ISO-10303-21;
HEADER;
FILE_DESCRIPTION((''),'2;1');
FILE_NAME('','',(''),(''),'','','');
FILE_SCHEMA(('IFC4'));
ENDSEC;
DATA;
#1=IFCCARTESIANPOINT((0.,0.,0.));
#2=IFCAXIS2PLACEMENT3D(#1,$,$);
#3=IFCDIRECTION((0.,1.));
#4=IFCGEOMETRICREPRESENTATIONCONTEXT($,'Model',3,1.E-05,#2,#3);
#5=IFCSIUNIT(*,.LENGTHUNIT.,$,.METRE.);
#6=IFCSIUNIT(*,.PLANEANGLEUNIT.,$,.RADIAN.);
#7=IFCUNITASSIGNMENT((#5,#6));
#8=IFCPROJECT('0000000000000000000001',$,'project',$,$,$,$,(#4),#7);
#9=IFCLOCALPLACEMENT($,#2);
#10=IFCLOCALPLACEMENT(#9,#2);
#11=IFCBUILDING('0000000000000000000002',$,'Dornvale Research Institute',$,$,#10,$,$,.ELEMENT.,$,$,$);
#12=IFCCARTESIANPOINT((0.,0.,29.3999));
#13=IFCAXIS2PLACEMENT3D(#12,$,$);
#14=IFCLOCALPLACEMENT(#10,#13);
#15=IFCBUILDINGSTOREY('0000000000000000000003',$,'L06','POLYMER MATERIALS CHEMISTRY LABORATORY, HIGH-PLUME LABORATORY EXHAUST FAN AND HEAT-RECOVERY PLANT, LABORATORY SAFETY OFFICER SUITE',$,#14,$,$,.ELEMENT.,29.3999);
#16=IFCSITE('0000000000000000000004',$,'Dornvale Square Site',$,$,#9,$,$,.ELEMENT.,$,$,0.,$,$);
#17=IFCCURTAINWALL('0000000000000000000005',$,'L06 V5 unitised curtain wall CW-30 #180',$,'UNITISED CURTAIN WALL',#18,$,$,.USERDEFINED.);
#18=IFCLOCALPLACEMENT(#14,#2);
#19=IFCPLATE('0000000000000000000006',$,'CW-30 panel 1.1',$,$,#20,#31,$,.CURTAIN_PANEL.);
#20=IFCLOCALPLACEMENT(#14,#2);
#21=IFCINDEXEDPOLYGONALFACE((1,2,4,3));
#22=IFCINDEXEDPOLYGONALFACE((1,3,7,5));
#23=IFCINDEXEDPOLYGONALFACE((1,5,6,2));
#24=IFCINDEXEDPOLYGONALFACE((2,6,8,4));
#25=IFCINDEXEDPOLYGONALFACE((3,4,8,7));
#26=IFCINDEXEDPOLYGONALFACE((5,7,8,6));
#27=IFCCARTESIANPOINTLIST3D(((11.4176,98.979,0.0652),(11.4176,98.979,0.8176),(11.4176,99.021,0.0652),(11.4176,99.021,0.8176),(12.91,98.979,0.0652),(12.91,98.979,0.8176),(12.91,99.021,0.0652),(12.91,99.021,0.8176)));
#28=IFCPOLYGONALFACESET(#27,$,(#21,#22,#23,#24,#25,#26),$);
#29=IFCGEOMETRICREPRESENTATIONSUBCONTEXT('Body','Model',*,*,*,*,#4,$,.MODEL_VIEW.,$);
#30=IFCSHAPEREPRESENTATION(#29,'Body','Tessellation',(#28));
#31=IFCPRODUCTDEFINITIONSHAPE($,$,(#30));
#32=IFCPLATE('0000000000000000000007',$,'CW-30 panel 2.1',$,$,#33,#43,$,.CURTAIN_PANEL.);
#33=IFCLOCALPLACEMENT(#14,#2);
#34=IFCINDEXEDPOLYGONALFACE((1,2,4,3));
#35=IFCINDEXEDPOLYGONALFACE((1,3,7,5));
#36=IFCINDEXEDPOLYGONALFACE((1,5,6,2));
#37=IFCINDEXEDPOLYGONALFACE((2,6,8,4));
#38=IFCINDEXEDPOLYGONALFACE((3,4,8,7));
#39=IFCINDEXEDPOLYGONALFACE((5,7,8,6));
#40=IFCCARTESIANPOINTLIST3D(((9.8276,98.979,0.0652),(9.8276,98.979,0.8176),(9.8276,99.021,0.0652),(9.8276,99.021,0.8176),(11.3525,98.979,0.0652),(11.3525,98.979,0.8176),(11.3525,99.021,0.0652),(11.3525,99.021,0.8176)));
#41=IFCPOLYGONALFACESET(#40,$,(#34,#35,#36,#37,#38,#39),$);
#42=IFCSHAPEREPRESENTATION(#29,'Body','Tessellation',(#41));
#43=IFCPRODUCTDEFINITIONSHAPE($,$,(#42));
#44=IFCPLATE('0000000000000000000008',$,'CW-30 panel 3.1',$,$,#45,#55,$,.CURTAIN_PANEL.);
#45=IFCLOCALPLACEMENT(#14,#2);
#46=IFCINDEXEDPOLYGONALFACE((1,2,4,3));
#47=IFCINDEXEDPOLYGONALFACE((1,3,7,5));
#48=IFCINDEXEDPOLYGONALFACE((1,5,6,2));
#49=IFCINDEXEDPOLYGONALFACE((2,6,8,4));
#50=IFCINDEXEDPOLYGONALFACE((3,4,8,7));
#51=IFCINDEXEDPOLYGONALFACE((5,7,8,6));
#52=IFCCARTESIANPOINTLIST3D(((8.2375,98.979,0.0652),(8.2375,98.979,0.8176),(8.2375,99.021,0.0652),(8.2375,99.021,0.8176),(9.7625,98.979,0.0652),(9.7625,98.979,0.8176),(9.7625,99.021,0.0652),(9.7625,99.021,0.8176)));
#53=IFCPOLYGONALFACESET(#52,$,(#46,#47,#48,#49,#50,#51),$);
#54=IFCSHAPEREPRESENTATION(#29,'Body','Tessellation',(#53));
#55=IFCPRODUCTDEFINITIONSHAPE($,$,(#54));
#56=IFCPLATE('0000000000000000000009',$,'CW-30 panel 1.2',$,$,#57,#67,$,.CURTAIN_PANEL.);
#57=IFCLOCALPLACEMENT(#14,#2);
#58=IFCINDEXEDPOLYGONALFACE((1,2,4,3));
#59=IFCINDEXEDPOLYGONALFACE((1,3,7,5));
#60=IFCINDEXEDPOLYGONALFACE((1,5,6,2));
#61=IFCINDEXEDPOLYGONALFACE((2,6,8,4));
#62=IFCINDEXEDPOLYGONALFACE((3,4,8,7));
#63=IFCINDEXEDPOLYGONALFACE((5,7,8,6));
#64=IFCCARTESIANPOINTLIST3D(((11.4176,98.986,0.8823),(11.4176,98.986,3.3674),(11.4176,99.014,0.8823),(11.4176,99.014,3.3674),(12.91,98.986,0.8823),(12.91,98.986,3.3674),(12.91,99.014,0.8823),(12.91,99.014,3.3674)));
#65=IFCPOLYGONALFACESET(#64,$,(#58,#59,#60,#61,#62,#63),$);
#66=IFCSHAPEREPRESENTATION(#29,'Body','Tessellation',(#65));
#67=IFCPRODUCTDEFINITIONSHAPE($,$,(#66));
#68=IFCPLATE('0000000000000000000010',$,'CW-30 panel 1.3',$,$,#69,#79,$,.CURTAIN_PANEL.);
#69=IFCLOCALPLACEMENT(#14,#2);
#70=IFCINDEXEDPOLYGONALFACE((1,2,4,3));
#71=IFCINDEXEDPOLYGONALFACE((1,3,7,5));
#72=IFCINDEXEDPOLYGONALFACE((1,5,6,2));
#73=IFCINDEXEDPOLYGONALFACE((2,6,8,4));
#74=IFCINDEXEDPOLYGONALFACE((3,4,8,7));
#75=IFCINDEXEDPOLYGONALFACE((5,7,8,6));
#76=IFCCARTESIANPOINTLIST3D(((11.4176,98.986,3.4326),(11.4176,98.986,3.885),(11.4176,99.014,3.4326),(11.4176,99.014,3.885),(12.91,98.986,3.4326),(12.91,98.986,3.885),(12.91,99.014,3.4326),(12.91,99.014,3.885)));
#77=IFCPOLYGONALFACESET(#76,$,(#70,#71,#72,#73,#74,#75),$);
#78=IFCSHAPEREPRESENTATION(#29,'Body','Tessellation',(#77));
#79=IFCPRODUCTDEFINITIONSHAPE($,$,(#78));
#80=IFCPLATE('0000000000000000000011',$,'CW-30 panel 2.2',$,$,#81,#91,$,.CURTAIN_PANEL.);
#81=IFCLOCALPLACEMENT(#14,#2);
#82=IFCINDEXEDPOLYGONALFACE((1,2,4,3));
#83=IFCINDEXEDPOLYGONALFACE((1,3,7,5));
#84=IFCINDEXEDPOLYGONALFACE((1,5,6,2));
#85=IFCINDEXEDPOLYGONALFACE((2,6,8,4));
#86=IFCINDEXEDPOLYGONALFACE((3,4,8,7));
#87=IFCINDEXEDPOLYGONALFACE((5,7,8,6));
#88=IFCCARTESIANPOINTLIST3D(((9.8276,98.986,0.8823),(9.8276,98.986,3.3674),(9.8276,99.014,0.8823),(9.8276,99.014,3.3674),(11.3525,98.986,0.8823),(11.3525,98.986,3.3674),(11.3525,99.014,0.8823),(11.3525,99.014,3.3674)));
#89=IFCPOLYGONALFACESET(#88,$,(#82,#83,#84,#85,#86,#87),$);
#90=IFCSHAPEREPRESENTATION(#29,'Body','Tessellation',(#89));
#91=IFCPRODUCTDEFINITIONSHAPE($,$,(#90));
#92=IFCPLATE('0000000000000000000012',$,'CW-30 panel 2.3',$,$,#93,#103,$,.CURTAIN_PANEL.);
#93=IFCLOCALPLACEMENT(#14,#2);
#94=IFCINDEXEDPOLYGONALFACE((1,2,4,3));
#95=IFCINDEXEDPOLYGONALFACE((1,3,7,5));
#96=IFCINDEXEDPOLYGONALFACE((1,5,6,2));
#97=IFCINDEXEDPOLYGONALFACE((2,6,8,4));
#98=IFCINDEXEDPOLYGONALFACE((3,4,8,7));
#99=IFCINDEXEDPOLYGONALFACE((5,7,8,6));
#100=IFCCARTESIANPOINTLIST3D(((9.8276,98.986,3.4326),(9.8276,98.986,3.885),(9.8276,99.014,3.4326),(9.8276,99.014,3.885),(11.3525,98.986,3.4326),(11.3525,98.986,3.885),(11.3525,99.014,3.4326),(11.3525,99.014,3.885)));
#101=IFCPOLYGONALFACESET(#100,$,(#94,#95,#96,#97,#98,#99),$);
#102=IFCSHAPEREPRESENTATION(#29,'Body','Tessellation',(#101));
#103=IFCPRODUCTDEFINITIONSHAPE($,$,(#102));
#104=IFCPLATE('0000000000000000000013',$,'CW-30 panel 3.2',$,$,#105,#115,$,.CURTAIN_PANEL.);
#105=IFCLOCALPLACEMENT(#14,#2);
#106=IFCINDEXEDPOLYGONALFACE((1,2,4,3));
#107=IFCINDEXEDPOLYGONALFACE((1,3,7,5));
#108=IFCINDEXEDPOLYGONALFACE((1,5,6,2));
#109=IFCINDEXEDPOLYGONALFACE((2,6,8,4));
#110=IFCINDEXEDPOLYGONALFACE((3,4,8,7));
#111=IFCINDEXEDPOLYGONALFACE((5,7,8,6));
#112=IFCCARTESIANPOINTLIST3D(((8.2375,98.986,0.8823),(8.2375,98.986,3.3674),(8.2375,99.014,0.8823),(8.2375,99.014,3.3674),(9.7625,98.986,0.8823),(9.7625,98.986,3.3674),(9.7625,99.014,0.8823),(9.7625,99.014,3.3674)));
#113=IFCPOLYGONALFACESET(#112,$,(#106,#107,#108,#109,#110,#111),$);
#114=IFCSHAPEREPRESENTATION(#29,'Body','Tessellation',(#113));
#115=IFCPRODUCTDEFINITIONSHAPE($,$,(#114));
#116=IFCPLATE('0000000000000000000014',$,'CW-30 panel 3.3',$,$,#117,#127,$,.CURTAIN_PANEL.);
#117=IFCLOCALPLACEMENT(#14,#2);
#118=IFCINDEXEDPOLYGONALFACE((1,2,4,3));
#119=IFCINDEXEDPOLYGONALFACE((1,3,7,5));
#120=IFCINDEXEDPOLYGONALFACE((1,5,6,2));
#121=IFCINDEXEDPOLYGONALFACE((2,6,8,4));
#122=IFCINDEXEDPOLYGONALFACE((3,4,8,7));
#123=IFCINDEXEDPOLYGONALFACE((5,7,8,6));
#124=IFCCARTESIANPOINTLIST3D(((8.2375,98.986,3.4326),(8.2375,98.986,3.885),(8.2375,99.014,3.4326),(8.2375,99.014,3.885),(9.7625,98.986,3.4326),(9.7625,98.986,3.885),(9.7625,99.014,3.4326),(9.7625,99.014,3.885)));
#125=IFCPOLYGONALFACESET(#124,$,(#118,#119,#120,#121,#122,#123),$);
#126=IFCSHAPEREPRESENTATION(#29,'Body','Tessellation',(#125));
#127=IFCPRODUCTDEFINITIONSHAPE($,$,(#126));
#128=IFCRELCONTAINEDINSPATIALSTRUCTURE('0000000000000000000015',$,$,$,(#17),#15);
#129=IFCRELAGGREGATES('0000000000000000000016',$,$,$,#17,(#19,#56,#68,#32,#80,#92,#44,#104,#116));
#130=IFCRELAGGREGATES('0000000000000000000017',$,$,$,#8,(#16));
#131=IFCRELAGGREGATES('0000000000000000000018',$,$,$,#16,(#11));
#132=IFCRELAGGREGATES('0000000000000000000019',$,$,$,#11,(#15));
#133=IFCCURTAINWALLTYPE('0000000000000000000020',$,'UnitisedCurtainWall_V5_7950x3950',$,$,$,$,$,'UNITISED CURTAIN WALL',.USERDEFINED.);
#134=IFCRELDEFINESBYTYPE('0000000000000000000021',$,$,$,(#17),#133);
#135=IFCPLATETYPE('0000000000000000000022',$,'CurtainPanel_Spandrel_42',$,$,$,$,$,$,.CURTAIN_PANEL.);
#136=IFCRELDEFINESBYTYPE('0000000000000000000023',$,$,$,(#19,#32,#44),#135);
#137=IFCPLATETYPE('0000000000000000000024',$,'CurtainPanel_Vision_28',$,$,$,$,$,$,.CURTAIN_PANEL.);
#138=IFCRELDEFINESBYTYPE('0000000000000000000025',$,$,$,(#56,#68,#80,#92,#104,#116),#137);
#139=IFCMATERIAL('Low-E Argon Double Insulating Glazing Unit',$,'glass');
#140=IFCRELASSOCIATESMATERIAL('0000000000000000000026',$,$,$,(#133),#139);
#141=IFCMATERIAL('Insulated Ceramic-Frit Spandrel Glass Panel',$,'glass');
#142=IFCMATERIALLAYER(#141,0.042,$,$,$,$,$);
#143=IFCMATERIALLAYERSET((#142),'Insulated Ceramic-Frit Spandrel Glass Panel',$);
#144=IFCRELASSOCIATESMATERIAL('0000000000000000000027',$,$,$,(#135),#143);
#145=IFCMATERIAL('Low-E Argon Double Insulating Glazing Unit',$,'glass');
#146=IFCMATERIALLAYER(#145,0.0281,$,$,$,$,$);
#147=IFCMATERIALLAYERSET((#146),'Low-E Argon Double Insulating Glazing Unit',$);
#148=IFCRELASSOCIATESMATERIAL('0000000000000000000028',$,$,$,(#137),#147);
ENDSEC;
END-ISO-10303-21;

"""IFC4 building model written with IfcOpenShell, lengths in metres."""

from ifc_helpers import new_model, si_unit, direction, frame, origin, origin_2d, place, context, subcontext, project, spatial, rectangle, extrude, material, layer, layer_set, type_object, element, aggregate, save


model = new_model("IFC4")

# Units and contexts
model_context = context("Model", 3, precision=1e-05, world=origin(), true_north=direction((0.0, 1.0)))
body_context = subcontext(model_context, "Body", "Model", "MODEL_VIEW")
ifc_project = project(units=[si_unit("LENGTHUNIT", "METRE"), si_unit("PLANEANGLEUNIT", "RADIAN")], contexts=[model_context])

# Site, building, storey
site_placement = place(None, origin())
site = spatial("IfcSite", under=ifc_project, at=site_placement, Name="Dornvale Square Site", CompositionType="ELEMENT", RefElevation=0.0)
building_placement = place(site_placement, origin())
building = spatial("IfcBuilding", under=site, at=building_placement, Name="Dornvale Research Institute", CompositionType="ELEMENT")
storey_placement = place(building_placement, frame((0.0, 0.0, 29.3999)))
storey = spatial("IfcBuildingStorey", under=building, at=storey_placement, Name="L06", Description="POLYMER MATERIALS CHEMISTRY LABORATORY, HIGH-PLUME LABORATORY EXHAUST FAN AND HEAT-RECOVERY PLANT, LABORATORY SAFETY OFFICER SUITE", CompositionType="ELEMENT", Elevation=29.3999)

# Curtain wall, plates
ifc_material_1 = material(Name="Low-E Argon Double Insulating Glazing Unit", Category="glass")
curtain_wall_type = type_object("IfcCurtainWallType", Name="UnitisedCurtainWall_V5_7950x3950", ElementType="UNITISED CURTAIN WALL", PredefinedType="USERDEFINED", material=ifc_material_1)
curtain_wall_placement = place(storey_placement, origin())
curtain_wall = element("IfcCurtainWall", 1, at=curtain_wall_placement, inside=storey, type_object=curtain_wall_type, Name="L06 V5 unitised curtain wall CW-30 #180", ObjectType="UNITISED CURTAIN WALL", PredefinedType="USERDEFINED")
ifc_material_2 = material(Name="Insulated Ceramic-Frit Spandrel Glass Panel", Category="glass")
ifc_layer_1 = layer(ifc_material_2, 0.042)
ifc_layer_set_1 = layer_set([ifc_layer_1], Name="Insulated Ceramic-Frit Spandrel Glass Panel")
plate_type_1 = type_object("IfcPlateType", Name="CurtainPanel_Spandrel_42", PredefinedType="CURTAIN_PANEL", material=ifc_layer_set_1)
plate_1_placement = place(storey_placement, frame((12.1638, 99.0, 0.0652), z_axis=(0.0, 0.0, 1.0), x_axis=(-1.0, 0.0, 0.0)))
plate_1 = element("IfcPlate", 2, at=plate_1_placement, type_object=plate_type_1, Name="CW-30 panel 1.1", PredefinedType="CURTAIN_PANEL", context=body_context, shape_type="SweptSolid", body=[
    extrude(rectangle(XDim=1.4924, YDim=0.042, at=origin_2d()), origin(), (0.0, 0.0, 1.0), 0.7524),
])
plate_2_placement = place(storey_placement, frame((10.5901, 99.0, 0.0652), z_axis=(0.0, 0.0, 1.0), x_axis=(-1.0, 0.0, 0.0)))
plate_2 = element("IfcPlate", 3, at=plate_2_placement, type_object=plate_type_1, Name="CW-30 panel 2.1", PredefinedType="CURTAIN_PANEL", context=body_context, shape_type="SweptSolid", body=[
    extrude(rectangle(XDim=1.5249, YDim=0.042, at=origin_2d()), origin(), (0.0, 0.0, 1.0), 0.7524),
])
plate_3_placement = place(storey_placement, frame((9.0, 99.0, 0.0652), z_axis=(0.0, 0.0, 1.0), x_axis=(-1.0, 0.0, 0.0)))
plate_3 = element("IfcPlate", 4, at=plate_3_placement, type_object=plate_type_1, Name="CW-30 panel 3.1", PredefinedType="CURTAIN_PANEL", context=body_context, shape_type="SweptSolid", body=[
    extrude(rectangle(XDim=1.5249, YDim=0.042, at=origin_2d()), origin(), (0.0, 0.0, 1.0), 0.7524),
])
ifc_material_3 = material(Name="Low-E Argon Double Insulating Glazing Unit", Category="glass")
ifc_layer_2 = layer(ifc_material_3, 0.0281)
ifc_layer_set_2 = layer_set([ifc_layer_2], Name="Low-E Argon Double Insulating Glazing Unit")
plate_type_2 = type_object("IfcPlateType", Name="CurtainPanel_Vision_28", PredefinedType="CURTAIN_PANEL", material=ifc_layer_set_2)
plate_4_placement = place(storey_placement, frame((12.1638, 99.0, 0.8823), z_axis=(0.0, 0.0, 1.0), x_axis=(-1.0, 0.0, 0.0)))
plate_4 = element("IfcPlate", 5, at=plate_4_placement, type_object=plate_type_2, Name="CW-30 panel 1.2", PredefinedType="CURTAIN_PANEL", context=body_context, shape_type="SweptSolid", body=[
    extrude(rectangle(XDim=1.4924, YDim=0.0281, at=origin_2d()), origin(), (0.0, 0.0, 1.0), 2.4851),
])
plate_5_placement = place(storey_placement, frame((12.1638, 99.0, 3.4326), z_axis=(0.0, 0.0, 1.0), x_axis=(-1.0, 0.0, 0.0)))
plate_5 = element("IfcPlate", 6, at=plate_5_placement, type_object=plate_type_2, Name="CW-30 panel 1.3", PredefinedType="CURTAIN_PANEL", context=body_context, shape_type="SweptSolid", body=[
    extrude(rectangle(XDim=1.4924, YDim=0.0281, at=origin_2d()), origin(), (0.0, 0.0, 1.0), 0.4524),
])
plate_6_placement = place(storey_placement, frame((10.5901, 99.0, 0.8823), z_axis=(0.0, 0.0, 1.0), x_axis=(-1.0, 0.0, 0.0)))
plate_6 = element("IfcPlate", 7, at=plate_6_placement, type_object=plate_type_2, Name="CW-30 panel 2.2", PredefinedType="CURTAIN_PANEL", context=body_context, shape_type="SweptSolid", body=[
    extrude(rectangle(XDim=1.5249, YDim=0.0281, at=origin_2d()), origin(), (0.0, 0.0, 1.0), 2.4851),
])
plate_7_placement = place(storey_placement, frame((10.5901, 99.0, 3.4326), z_axis=(0.0, 0.0, 1.0), x_axis=(-1.0, 0.0, 0.0)))
plate_7 = element("IfcPlate", 8, at=plate_7_placement, type_object=plate_type_2, Name="CW-30 panel 2.3", PredefinedType="CURTAIN_PANEL", context=body_context, shape_type="SweptSolid", body=[
    extrude(rectangle(XDim=1.5249, YDim=0.0281, at=origin_2d()), origin(), (0.0, 0.0, 1.0), 0.4524),
])
plate_8_placement = place(storey_placement, frame((9.0, 99.0, 0.8823), z_axis=(0.0, 0.0, 1.0), x_axis=(-1.0, 0.0, 0.0)))
plate_8 = element("IfcPlate", 9, at=plate_8_placement, type_object=plate_type_2, Name="CW-30 panel 3.2", PredefinedType="CURTAIN_PANEL", context=body_context, shape_type="SweptSolid", body=[
    extrude(rectangle(XDim=1.5249, YDim=0.0281, at=origin_2d()), origin(), (0.0, 0.0, 1.0), 2.4851),
])
plate_9_placement = place(storey_placement, frame((9.0, 99.0, 3.4326), z_axis=(0.0, 0.0, 1.0), x_axis=(-1.0, 0.0, 0.0)))
plate_9 = element("IfcPlate", 10, at=plate_9_placement, type_object=plate_type_2, Name="CW-30 panel 3.3", PredefinedType="CURTAIN_PANEL", context=body_context, shape_type="SweptSolid", body=[
    extrude(rectangle(XDim=1.5249, YDim=0.0281, at=origin_2d()), origin(), (0.0, 0.0, 1.0), 0.4524),
])
aggregate(curtain_wall, [plate_1, plate_4, plate_5, plate_2, plate_6, plate_7, plate_3, plate_8, plate_9])

save(model, "model.ifc")
